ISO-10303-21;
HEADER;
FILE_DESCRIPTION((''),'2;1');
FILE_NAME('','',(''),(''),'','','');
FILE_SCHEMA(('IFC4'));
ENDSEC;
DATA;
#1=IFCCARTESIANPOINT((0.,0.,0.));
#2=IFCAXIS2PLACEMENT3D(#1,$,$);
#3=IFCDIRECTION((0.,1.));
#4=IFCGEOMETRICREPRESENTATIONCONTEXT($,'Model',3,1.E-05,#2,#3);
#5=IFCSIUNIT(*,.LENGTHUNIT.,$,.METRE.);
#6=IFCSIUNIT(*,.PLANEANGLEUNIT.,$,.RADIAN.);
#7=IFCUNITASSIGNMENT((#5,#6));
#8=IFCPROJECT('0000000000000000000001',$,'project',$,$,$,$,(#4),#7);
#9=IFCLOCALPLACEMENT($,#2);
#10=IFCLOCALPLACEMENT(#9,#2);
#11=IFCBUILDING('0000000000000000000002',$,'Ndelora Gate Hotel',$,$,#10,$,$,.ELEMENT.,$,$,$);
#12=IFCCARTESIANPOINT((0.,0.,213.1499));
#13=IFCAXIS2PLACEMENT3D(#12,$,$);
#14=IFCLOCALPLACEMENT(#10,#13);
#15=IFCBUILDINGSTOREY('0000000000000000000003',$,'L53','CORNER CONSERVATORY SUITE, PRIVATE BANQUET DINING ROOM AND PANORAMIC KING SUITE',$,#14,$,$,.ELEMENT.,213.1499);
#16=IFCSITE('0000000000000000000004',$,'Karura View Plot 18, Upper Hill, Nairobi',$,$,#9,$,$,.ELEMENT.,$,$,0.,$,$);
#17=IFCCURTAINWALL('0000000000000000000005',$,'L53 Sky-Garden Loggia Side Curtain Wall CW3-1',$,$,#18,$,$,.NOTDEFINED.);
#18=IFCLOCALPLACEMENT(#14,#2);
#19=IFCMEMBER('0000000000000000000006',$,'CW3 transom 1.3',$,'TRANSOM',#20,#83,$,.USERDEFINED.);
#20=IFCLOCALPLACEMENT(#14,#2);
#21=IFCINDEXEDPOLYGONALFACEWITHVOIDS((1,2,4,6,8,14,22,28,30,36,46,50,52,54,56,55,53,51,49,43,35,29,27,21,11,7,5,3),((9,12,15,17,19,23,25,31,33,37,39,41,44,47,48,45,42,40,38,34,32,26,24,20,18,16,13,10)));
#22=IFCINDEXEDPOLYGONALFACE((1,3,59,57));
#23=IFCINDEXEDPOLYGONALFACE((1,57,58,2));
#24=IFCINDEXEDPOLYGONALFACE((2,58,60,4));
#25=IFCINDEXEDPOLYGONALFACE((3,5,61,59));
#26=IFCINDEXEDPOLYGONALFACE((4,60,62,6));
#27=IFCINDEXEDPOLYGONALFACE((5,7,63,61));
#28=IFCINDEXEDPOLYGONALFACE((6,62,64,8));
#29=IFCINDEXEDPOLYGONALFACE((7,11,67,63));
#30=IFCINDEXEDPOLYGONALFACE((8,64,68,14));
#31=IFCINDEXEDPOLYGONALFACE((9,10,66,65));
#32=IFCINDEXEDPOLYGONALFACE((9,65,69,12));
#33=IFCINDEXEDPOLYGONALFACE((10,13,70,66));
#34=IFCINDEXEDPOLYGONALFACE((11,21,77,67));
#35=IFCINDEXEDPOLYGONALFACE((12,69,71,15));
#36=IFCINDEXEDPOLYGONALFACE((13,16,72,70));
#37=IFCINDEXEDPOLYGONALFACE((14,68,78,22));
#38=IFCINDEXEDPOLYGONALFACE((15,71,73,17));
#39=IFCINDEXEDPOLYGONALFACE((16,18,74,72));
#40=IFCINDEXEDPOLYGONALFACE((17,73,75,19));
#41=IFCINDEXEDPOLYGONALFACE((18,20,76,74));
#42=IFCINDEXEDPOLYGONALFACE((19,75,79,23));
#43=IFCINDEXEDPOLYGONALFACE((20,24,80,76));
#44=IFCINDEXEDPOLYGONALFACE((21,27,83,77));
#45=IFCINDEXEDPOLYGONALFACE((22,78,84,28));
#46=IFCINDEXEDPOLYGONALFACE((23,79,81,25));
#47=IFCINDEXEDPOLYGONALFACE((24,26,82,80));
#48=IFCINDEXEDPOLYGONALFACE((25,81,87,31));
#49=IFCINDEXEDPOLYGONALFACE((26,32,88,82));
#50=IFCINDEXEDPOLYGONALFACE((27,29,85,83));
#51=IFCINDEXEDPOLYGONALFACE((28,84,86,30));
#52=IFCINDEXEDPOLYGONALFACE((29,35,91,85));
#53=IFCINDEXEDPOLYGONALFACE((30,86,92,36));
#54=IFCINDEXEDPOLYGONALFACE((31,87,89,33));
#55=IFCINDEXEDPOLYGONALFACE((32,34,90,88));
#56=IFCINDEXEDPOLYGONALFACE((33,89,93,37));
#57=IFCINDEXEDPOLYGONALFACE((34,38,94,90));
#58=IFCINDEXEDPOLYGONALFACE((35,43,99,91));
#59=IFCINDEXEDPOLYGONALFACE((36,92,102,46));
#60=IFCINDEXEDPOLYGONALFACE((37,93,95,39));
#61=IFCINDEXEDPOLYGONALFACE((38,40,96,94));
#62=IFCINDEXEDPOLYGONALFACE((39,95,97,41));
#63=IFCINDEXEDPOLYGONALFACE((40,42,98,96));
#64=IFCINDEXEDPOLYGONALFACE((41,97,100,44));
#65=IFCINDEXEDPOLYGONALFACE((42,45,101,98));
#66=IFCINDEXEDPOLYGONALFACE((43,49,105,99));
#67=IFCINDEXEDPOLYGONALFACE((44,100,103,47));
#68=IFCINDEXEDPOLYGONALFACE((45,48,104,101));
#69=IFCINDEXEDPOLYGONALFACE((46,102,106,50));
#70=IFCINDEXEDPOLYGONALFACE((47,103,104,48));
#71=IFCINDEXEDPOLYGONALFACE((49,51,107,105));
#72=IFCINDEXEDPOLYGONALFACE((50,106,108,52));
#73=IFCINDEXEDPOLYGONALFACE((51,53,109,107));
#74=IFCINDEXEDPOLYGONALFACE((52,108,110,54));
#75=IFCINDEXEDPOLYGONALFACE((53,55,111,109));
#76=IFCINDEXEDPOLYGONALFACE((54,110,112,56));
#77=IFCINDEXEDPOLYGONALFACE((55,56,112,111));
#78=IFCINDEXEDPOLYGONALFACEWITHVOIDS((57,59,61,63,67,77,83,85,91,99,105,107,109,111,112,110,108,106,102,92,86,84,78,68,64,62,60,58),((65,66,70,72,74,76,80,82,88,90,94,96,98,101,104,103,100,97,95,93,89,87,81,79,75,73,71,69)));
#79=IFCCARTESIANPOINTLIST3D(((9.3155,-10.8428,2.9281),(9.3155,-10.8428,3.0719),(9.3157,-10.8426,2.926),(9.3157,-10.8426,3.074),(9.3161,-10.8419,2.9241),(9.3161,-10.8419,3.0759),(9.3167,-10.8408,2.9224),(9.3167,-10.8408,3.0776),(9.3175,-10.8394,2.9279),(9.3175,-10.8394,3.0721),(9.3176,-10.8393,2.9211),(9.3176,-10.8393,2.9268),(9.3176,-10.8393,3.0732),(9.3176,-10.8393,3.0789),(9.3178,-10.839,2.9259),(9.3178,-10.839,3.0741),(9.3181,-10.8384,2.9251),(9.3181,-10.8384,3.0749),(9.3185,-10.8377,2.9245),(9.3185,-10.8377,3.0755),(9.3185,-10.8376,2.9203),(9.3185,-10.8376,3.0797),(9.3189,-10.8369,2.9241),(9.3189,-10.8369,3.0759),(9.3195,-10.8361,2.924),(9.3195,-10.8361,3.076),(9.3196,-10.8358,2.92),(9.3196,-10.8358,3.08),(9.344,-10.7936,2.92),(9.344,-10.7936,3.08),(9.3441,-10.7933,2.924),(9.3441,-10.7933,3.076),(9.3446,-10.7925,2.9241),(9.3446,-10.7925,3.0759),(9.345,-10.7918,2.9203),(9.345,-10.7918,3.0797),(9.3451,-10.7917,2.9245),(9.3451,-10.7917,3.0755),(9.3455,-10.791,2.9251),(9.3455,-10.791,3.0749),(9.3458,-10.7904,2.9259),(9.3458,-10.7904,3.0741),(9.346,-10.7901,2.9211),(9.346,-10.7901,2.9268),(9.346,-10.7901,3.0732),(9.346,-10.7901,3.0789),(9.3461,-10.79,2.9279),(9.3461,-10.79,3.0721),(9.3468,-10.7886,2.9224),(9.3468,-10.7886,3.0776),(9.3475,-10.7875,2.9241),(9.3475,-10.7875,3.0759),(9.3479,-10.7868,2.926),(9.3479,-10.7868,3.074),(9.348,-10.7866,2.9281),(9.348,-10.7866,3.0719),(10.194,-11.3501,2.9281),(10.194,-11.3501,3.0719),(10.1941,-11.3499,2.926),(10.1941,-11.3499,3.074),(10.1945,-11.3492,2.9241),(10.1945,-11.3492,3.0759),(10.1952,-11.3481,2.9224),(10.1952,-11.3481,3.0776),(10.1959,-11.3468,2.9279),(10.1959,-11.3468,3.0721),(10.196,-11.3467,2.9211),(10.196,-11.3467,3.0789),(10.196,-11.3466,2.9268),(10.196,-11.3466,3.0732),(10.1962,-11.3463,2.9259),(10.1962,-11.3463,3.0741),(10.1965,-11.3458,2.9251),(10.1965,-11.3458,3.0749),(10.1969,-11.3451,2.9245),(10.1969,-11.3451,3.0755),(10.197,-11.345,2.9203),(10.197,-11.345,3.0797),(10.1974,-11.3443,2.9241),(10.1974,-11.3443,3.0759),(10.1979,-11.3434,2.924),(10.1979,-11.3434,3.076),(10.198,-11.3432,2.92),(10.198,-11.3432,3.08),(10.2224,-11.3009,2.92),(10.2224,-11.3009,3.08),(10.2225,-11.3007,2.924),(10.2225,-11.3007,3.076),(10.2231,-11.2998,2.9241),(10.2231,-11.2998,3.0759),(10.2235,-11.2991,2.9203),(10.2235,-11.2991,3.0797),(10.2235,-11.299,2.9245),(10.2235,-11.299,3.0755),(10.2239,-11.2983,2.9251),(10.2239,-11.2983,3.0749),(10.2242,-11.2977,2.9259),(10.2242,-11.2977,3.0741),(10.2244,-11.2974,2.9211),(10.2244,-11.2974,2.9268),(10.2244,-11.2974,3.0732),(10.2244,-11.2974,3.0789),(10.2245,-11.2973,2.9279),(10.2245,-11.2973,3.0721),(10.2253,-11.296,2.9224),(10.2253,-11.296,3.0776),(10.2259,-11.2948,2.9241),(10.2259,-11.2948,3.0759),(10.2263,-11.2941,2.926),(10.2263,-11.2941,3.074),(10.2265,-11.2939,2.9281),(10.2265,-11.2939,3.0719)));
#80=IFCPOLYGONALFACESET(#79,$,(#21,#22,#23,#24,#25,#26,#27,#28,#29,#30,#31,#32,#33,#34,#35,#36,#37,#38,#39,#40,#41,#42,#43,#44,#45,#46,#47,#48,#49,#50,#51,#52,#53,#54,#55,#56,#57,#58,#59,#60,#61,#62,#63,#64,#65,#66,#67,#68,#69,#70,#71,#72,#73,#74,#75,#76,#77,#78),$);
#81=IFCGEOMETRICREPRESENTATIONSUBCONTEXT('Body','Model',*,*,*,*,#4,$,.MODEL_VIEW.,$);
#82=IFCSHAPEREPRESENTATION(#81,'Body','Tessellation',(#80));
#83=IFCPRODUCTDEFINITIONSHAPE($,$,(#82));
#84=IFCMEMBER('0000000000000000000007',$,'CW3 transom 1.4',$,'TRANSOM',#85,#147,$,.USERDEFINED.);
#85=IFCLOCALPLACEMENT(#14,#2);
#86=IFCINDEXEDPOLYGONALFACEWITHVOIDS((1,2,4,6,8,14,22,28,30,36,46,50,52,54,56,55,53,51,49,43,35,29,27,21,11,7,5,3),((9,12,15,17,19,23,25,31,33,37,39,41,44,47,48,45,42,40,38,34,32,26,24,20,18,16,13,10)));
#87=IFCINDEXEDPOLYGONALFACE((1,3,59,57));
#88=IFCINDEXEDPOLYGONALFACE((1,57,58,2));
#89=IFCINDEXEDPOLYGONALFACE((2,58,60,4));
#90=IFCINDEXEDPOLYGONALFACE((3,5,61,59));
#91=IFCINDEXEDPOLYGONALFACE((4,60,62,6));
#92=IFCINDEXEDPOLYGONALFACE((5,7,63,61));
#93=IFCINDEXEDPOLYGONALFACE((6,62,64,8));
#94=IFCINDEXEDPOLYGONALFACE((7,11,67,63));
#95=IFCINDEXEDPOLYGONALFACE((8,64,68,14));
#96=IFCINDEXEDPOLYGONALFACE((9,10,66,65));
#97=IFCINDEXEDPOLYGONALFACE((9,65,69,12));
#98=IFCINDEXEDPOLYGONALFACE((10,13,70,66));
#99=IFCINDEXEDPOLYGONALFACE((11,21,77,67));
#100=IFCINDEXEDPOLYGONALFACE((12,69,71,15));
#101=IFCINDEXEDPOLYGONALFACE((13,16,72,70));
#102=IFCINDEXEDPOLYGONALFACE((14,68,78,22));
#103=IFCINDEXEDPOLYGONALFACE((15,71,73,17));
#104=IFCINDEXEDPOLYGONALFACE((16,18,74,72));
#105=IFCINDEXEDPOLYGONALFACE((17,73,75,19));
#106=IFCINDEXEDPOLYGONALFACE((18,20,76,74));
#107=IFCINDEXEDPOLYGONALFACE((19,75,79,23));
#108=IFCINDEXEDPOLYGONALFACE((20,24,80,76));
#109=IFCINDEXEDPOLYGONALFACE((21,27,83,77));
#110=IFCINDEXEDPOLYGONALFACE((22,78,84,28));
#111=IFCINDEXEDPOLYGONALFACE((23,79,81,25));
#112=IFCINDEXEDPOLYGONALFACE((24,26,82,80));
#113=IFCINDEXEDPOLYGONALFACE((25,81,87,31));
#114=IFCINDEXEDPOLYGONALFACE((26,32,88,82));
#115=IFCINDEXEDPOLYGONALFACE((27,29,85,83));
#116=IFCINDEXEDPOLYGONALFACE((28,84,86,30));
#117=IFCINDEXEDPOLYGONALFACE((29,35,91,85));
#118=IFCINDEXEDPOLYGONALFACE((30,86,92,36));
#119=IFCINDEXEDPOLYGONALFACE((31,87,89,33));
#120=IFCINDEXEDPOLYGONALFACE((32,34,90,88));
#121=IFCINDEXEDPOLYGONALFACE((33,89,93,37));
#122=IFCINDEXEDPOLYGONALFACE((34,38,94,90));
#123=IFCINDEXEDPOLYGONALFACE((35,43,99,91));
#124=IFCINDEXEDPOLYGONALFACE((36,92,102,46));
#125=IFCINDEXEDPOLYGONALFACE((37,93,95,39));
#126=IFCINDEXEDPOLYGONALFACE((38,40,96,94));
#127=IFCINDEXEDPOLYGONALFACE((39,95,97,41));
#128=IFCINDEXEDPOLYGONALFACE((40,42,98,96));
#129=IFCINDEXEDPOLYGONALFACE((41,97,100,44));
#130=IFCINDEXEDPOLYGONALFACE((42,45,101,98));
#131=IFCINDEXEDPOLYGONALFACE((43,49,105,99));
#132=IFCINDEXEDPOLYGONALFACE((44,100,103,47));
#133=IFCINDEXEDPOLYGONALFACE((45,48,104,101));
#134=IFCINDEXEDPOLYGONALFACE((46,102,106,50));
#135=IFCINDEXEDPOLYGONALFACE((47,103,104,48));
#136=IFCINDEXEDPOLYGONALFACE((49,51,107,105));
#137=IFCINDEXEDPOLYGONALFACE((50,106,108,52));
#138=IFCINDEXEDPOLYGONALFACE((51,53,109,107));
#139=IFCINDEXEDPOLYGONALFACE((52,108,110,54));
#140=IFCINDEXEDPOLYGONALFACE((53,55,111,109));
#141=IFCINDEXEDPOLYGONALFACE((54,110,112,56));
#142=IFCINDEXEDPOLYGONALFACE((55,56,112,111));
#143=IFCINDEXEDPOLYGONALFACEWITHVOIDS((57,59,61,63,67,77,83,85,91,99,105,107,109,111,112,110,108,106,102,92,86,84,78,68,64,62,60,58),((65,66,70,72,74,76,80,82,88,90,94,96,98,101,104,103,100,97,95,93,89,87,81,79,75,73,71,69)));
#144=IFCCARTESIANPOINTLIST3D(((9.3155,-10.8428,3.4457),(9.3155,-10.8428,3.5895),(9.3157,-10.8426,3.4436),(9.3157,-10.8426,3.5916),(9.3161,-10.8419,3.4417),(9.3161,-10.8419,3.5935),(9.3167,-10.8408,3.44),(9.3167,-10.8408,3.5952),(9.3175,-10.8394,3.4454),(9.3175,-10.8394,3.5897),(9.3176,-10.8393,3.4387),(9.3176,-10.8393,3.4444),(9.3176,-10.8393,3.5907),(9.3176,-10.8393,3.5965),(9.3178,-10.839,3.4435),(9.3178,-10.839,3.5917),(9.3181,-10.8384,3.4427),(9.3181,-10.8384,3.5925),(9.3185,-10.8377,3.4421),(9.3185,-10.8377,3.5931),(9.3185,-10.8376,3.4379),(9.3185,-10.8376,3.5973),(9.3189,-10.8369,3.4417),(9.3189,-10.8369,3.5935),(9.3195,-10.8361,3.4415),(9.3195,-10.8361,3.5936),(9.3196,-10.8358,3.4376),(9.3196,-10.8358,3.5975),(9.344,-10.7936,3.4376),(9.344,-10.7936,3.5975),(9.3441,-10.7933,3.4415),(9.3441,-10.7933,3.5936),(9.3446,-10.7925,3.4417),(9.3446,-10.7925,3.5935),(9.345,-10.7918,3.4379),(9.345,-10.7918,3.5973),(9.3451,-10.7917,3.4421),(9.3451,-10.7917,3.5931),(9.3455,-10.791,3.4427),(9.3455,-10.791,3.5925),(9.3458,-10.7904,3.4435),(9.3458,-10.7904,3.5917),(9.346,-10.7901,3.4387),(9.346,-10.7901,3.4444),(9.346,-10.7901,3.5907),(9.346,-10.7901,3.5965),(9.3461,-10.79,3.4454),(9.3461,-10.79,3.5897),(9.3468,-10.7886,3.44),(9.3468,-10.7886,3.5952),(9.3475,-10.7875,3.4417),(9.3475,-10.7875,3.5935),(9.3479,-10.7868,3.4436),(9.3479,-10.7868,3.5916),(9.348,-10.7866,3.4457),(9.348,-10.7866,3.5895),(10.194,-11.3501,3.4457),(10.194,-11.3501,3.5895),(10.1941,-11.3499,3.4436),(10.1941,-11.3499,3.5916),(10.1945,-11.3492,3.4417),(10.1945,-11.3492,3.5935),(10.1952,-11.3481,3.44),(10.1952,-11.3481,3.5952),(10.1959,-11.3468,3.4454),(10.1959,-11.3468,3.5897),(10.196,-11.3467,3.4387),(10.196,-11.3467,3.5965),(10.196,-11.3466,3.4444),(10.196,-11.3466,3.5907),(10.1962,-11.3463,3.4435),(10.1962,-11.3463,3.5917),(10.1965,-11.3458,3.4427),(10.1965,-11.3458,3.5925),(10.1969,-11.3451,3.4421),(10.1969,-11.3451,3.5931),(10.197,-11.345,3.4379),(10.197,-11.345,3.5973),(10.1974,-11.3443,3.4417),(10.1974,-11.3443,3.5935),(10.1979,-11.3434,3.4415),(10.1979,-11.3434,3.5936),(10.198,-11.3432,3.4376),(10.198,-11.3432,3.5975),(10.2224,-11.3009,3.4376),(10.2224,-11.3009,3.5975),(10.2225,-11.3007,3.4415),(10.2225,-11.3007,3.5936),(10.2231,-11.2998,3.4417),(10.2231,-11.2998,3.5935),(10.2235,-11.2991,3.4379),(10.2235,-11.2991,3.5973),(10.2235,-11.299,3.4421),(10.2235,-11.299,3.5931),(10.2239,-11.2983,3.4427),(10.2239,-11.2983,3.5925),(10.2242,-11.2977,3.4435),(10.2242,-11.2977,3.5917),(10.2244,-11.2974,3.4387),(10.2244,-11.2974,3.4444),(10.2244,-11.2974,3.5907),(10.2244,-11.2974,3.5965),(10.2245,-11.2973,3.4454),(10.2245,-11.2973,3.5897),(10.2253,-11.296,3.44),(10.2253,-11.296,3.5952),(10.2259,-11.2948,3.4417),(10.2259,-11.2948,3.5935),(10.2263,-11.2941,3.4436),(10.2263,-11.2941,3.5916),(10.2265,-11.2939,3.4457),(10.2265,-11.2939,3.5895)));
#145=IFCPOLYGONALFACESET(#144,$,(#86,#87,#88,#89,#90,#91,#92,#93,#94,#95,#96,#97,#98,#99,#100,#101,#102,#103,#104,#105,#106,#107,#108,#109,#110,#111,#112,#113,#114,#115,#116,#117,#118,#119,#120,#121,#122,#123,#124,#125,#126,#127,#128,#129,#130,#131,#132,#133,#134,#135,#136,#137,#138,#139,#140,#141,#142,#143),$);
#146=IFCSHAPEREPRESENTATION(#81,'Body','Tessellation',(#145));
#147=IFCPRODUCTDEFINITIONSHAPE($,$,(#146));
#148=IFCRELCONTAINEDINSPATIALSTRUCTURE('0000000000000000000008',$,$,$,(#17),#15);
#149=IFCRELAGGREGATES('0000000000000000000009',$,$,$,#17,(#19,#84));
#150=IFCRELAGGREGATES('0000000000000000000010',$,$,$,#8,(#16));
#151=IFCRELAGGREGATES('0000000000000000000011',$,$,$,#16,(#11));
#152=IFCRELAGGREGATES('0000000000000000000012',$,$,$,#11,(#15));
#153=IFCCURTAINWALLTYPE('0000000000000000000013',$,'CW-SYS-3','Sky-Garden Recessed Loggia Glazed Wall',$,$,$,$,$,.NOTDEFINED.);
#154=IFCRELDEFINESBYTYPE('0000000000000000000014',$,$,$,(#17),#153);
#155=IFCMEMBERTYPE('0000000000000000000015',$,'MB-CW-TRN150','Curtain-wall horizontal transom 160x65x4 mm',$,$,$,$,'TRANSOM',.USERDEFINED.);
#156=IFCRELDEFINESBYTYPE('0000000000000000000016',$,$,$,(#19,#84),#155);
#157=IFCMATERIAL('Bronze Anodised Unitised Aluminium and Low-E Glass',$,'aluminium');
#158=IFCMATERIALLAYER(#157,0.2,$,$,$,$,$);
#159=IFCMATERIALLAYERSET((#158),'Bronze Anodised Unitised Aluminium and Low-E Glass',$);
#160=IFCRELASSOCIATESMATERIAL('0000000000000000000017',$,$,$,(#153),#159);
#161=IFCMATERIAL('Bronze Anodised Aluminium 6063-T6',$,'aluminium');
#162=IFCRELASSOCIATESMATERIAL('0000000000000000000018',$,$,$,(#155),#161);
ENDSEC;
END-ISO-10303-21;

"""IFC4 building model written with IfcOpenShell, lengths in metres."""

from ifc_helpers import new_model, si_unit, direction, frame, origin, origin_2d, place, context, subcontext, project, spatial, hollow_rectangle, extrude, material, layer, layer_set, material_profile, profile_set, type_object, element, aggregate, save


model = new_model("IFC4")

# Units and contexts
model_context = context("Model", 3, precision=1e-05, world=origin(), true_north=direction((0.0, 1.0)))
body_context = subcontext(model_context, "Body", "Model", "MODEL_VIEW")
ifc_project = project(units=[si_unit("LENGTHUNIT", "METRE"), si_unit("PLANEANGLEUNIT", "RADIAN")], contexts=[model_context])

# Site, building, storey
site_placement = place(None, origin())
site = spatial("IfcSite", under=ifc_project, at=site_placement, Name="Karura View Plot 18, Upper Hill, Nairobi", CompositionType="ELEMENT", RefElevation=0.0)
building_placement = place(site_placement, origin())
building = spatial("IfcBuilding", under=site, at=building_placement, Name="Ndelora Gate Hotel", CompositionType="ELEMENT")
storey_placement = place(building_placement, frame((0.0, 0.0, 213.1499)))
storey = spatial("IfcBuildingStorey", under=building, at=storey_placement, Name="L53", Description="CORNER CONSERVATORY SUITE, PRIVATE BANQUET DINING ROOM AND PANORAMIC KING SUITE", CompositionType="ELEMENT", Elevation=213.1499)

# Curtain wall, members
ifc_material_1 = material(Name="Bronze Anodised Unitised Aluminium and Low-E Glass", Category="aluminium")
ifc_layer_1 = layer(ifc_material_1, 0.2)
ifc_layer_set_1 = layer_set([ifc_layer_1], Name="Bronze Anodised Unitised Aluminium and Low-E Glass")
curtain_wall_type = type_object("IfcCurtainWallType", Name="CW-SYS-3", Description="Sky-Garden Recessed Loggia Glazed Wall", PredefinedType="NOTDEFINED", material=ifc_layer_set_1)
curtain_wall_placement = place(storey_placement, origin())
curtain_wall = element("IfcCurtainWall", 1, at=curtain_wall_placement, inside=storey, type_object=curtain_wall_type, Name="L53 Sky-Garden Loggia Side Curtain Wall CW3-1", PredefinedType="NOTDEFINED")
ifc_material_2 = material(Name="Bronze Anodised Aluminium 6063-T6", Category="aluminium")
ifc_material_profile_1 = material_profile(ifc_material_2, hollow_rectangle(XDim=0.0649, YDim=0.1599, WallThickness=0.0039, InnerFilletRadius=0.0039, OuterFilletRadius=0.0081, at=origin_2d()), Name="ALU 160x65x4")
ifc_profile_set_1 = profile_set([ifc_material_profile_1], Name="Bronze Anodised Aluminium 6063-T6")
member_type_1 = type_object("IfcMemberType", Name="MB-CW-TRN150", Description="Curtain-wall horizontal transom 160x65x4 mm", ElementType="TRANSOM", PredefinedType="USERDEFINED", material=ifc_profile_set_1)
member_1_placement = place(storey_placement, frame((9.3318, -10.8147, 3.0), z_axis=(0.865953, -0.500125, 0.0), x_axis=(0.500125, 0.865953, 0.0)))
member_1 = element("IfcMember", 2, at=member_1_placement, type_object=member_type_1, Name="CW3 transom 1.3", ObjectType="TRANSOM", PredefinedType="USERDEFINED", context=body_context, shape_type="SweptSolid", body=[
    extrude(hollow_rectangle(XDim=0.0649, YDim=0.1599, WallThickness=0.0039, InnerFilletRadius=0.0039, OuterFilletRadius=0.0081, at=origin_2d()), origin(), (0.0, 0.0, 1.0), 1.0144),
])
member_2_placement = place(storey_placement, frame((9.3318, -10.8147, 3.5176), z_axis=(0.865953, -0.500125, 0.0), x_axis=(0.500125, 0.865953, 0.0)))
member_2 = element("IfcMember", 3, at=member_2_placement, type_object=member_type_1, Name="CW3 transom 1.4", ObjectType="TRANSOM", PredefinedType="USERDEFINED", context=body_context, shape_type="SweptSolid", body=[
    extrude(hollow_rectangle(XDim=0.0649, YDim=0.1599, WallThickness=0.0039, InnerFilletRadius=0.0039, OuterFilletRadius=0.0081, at=origin_2d()), origin(), (0.0, 0.0, 1.0), 1.0144),
])
aggregate(curtain_wall, [member_1, member_2])

save(model, "model.ifc")
